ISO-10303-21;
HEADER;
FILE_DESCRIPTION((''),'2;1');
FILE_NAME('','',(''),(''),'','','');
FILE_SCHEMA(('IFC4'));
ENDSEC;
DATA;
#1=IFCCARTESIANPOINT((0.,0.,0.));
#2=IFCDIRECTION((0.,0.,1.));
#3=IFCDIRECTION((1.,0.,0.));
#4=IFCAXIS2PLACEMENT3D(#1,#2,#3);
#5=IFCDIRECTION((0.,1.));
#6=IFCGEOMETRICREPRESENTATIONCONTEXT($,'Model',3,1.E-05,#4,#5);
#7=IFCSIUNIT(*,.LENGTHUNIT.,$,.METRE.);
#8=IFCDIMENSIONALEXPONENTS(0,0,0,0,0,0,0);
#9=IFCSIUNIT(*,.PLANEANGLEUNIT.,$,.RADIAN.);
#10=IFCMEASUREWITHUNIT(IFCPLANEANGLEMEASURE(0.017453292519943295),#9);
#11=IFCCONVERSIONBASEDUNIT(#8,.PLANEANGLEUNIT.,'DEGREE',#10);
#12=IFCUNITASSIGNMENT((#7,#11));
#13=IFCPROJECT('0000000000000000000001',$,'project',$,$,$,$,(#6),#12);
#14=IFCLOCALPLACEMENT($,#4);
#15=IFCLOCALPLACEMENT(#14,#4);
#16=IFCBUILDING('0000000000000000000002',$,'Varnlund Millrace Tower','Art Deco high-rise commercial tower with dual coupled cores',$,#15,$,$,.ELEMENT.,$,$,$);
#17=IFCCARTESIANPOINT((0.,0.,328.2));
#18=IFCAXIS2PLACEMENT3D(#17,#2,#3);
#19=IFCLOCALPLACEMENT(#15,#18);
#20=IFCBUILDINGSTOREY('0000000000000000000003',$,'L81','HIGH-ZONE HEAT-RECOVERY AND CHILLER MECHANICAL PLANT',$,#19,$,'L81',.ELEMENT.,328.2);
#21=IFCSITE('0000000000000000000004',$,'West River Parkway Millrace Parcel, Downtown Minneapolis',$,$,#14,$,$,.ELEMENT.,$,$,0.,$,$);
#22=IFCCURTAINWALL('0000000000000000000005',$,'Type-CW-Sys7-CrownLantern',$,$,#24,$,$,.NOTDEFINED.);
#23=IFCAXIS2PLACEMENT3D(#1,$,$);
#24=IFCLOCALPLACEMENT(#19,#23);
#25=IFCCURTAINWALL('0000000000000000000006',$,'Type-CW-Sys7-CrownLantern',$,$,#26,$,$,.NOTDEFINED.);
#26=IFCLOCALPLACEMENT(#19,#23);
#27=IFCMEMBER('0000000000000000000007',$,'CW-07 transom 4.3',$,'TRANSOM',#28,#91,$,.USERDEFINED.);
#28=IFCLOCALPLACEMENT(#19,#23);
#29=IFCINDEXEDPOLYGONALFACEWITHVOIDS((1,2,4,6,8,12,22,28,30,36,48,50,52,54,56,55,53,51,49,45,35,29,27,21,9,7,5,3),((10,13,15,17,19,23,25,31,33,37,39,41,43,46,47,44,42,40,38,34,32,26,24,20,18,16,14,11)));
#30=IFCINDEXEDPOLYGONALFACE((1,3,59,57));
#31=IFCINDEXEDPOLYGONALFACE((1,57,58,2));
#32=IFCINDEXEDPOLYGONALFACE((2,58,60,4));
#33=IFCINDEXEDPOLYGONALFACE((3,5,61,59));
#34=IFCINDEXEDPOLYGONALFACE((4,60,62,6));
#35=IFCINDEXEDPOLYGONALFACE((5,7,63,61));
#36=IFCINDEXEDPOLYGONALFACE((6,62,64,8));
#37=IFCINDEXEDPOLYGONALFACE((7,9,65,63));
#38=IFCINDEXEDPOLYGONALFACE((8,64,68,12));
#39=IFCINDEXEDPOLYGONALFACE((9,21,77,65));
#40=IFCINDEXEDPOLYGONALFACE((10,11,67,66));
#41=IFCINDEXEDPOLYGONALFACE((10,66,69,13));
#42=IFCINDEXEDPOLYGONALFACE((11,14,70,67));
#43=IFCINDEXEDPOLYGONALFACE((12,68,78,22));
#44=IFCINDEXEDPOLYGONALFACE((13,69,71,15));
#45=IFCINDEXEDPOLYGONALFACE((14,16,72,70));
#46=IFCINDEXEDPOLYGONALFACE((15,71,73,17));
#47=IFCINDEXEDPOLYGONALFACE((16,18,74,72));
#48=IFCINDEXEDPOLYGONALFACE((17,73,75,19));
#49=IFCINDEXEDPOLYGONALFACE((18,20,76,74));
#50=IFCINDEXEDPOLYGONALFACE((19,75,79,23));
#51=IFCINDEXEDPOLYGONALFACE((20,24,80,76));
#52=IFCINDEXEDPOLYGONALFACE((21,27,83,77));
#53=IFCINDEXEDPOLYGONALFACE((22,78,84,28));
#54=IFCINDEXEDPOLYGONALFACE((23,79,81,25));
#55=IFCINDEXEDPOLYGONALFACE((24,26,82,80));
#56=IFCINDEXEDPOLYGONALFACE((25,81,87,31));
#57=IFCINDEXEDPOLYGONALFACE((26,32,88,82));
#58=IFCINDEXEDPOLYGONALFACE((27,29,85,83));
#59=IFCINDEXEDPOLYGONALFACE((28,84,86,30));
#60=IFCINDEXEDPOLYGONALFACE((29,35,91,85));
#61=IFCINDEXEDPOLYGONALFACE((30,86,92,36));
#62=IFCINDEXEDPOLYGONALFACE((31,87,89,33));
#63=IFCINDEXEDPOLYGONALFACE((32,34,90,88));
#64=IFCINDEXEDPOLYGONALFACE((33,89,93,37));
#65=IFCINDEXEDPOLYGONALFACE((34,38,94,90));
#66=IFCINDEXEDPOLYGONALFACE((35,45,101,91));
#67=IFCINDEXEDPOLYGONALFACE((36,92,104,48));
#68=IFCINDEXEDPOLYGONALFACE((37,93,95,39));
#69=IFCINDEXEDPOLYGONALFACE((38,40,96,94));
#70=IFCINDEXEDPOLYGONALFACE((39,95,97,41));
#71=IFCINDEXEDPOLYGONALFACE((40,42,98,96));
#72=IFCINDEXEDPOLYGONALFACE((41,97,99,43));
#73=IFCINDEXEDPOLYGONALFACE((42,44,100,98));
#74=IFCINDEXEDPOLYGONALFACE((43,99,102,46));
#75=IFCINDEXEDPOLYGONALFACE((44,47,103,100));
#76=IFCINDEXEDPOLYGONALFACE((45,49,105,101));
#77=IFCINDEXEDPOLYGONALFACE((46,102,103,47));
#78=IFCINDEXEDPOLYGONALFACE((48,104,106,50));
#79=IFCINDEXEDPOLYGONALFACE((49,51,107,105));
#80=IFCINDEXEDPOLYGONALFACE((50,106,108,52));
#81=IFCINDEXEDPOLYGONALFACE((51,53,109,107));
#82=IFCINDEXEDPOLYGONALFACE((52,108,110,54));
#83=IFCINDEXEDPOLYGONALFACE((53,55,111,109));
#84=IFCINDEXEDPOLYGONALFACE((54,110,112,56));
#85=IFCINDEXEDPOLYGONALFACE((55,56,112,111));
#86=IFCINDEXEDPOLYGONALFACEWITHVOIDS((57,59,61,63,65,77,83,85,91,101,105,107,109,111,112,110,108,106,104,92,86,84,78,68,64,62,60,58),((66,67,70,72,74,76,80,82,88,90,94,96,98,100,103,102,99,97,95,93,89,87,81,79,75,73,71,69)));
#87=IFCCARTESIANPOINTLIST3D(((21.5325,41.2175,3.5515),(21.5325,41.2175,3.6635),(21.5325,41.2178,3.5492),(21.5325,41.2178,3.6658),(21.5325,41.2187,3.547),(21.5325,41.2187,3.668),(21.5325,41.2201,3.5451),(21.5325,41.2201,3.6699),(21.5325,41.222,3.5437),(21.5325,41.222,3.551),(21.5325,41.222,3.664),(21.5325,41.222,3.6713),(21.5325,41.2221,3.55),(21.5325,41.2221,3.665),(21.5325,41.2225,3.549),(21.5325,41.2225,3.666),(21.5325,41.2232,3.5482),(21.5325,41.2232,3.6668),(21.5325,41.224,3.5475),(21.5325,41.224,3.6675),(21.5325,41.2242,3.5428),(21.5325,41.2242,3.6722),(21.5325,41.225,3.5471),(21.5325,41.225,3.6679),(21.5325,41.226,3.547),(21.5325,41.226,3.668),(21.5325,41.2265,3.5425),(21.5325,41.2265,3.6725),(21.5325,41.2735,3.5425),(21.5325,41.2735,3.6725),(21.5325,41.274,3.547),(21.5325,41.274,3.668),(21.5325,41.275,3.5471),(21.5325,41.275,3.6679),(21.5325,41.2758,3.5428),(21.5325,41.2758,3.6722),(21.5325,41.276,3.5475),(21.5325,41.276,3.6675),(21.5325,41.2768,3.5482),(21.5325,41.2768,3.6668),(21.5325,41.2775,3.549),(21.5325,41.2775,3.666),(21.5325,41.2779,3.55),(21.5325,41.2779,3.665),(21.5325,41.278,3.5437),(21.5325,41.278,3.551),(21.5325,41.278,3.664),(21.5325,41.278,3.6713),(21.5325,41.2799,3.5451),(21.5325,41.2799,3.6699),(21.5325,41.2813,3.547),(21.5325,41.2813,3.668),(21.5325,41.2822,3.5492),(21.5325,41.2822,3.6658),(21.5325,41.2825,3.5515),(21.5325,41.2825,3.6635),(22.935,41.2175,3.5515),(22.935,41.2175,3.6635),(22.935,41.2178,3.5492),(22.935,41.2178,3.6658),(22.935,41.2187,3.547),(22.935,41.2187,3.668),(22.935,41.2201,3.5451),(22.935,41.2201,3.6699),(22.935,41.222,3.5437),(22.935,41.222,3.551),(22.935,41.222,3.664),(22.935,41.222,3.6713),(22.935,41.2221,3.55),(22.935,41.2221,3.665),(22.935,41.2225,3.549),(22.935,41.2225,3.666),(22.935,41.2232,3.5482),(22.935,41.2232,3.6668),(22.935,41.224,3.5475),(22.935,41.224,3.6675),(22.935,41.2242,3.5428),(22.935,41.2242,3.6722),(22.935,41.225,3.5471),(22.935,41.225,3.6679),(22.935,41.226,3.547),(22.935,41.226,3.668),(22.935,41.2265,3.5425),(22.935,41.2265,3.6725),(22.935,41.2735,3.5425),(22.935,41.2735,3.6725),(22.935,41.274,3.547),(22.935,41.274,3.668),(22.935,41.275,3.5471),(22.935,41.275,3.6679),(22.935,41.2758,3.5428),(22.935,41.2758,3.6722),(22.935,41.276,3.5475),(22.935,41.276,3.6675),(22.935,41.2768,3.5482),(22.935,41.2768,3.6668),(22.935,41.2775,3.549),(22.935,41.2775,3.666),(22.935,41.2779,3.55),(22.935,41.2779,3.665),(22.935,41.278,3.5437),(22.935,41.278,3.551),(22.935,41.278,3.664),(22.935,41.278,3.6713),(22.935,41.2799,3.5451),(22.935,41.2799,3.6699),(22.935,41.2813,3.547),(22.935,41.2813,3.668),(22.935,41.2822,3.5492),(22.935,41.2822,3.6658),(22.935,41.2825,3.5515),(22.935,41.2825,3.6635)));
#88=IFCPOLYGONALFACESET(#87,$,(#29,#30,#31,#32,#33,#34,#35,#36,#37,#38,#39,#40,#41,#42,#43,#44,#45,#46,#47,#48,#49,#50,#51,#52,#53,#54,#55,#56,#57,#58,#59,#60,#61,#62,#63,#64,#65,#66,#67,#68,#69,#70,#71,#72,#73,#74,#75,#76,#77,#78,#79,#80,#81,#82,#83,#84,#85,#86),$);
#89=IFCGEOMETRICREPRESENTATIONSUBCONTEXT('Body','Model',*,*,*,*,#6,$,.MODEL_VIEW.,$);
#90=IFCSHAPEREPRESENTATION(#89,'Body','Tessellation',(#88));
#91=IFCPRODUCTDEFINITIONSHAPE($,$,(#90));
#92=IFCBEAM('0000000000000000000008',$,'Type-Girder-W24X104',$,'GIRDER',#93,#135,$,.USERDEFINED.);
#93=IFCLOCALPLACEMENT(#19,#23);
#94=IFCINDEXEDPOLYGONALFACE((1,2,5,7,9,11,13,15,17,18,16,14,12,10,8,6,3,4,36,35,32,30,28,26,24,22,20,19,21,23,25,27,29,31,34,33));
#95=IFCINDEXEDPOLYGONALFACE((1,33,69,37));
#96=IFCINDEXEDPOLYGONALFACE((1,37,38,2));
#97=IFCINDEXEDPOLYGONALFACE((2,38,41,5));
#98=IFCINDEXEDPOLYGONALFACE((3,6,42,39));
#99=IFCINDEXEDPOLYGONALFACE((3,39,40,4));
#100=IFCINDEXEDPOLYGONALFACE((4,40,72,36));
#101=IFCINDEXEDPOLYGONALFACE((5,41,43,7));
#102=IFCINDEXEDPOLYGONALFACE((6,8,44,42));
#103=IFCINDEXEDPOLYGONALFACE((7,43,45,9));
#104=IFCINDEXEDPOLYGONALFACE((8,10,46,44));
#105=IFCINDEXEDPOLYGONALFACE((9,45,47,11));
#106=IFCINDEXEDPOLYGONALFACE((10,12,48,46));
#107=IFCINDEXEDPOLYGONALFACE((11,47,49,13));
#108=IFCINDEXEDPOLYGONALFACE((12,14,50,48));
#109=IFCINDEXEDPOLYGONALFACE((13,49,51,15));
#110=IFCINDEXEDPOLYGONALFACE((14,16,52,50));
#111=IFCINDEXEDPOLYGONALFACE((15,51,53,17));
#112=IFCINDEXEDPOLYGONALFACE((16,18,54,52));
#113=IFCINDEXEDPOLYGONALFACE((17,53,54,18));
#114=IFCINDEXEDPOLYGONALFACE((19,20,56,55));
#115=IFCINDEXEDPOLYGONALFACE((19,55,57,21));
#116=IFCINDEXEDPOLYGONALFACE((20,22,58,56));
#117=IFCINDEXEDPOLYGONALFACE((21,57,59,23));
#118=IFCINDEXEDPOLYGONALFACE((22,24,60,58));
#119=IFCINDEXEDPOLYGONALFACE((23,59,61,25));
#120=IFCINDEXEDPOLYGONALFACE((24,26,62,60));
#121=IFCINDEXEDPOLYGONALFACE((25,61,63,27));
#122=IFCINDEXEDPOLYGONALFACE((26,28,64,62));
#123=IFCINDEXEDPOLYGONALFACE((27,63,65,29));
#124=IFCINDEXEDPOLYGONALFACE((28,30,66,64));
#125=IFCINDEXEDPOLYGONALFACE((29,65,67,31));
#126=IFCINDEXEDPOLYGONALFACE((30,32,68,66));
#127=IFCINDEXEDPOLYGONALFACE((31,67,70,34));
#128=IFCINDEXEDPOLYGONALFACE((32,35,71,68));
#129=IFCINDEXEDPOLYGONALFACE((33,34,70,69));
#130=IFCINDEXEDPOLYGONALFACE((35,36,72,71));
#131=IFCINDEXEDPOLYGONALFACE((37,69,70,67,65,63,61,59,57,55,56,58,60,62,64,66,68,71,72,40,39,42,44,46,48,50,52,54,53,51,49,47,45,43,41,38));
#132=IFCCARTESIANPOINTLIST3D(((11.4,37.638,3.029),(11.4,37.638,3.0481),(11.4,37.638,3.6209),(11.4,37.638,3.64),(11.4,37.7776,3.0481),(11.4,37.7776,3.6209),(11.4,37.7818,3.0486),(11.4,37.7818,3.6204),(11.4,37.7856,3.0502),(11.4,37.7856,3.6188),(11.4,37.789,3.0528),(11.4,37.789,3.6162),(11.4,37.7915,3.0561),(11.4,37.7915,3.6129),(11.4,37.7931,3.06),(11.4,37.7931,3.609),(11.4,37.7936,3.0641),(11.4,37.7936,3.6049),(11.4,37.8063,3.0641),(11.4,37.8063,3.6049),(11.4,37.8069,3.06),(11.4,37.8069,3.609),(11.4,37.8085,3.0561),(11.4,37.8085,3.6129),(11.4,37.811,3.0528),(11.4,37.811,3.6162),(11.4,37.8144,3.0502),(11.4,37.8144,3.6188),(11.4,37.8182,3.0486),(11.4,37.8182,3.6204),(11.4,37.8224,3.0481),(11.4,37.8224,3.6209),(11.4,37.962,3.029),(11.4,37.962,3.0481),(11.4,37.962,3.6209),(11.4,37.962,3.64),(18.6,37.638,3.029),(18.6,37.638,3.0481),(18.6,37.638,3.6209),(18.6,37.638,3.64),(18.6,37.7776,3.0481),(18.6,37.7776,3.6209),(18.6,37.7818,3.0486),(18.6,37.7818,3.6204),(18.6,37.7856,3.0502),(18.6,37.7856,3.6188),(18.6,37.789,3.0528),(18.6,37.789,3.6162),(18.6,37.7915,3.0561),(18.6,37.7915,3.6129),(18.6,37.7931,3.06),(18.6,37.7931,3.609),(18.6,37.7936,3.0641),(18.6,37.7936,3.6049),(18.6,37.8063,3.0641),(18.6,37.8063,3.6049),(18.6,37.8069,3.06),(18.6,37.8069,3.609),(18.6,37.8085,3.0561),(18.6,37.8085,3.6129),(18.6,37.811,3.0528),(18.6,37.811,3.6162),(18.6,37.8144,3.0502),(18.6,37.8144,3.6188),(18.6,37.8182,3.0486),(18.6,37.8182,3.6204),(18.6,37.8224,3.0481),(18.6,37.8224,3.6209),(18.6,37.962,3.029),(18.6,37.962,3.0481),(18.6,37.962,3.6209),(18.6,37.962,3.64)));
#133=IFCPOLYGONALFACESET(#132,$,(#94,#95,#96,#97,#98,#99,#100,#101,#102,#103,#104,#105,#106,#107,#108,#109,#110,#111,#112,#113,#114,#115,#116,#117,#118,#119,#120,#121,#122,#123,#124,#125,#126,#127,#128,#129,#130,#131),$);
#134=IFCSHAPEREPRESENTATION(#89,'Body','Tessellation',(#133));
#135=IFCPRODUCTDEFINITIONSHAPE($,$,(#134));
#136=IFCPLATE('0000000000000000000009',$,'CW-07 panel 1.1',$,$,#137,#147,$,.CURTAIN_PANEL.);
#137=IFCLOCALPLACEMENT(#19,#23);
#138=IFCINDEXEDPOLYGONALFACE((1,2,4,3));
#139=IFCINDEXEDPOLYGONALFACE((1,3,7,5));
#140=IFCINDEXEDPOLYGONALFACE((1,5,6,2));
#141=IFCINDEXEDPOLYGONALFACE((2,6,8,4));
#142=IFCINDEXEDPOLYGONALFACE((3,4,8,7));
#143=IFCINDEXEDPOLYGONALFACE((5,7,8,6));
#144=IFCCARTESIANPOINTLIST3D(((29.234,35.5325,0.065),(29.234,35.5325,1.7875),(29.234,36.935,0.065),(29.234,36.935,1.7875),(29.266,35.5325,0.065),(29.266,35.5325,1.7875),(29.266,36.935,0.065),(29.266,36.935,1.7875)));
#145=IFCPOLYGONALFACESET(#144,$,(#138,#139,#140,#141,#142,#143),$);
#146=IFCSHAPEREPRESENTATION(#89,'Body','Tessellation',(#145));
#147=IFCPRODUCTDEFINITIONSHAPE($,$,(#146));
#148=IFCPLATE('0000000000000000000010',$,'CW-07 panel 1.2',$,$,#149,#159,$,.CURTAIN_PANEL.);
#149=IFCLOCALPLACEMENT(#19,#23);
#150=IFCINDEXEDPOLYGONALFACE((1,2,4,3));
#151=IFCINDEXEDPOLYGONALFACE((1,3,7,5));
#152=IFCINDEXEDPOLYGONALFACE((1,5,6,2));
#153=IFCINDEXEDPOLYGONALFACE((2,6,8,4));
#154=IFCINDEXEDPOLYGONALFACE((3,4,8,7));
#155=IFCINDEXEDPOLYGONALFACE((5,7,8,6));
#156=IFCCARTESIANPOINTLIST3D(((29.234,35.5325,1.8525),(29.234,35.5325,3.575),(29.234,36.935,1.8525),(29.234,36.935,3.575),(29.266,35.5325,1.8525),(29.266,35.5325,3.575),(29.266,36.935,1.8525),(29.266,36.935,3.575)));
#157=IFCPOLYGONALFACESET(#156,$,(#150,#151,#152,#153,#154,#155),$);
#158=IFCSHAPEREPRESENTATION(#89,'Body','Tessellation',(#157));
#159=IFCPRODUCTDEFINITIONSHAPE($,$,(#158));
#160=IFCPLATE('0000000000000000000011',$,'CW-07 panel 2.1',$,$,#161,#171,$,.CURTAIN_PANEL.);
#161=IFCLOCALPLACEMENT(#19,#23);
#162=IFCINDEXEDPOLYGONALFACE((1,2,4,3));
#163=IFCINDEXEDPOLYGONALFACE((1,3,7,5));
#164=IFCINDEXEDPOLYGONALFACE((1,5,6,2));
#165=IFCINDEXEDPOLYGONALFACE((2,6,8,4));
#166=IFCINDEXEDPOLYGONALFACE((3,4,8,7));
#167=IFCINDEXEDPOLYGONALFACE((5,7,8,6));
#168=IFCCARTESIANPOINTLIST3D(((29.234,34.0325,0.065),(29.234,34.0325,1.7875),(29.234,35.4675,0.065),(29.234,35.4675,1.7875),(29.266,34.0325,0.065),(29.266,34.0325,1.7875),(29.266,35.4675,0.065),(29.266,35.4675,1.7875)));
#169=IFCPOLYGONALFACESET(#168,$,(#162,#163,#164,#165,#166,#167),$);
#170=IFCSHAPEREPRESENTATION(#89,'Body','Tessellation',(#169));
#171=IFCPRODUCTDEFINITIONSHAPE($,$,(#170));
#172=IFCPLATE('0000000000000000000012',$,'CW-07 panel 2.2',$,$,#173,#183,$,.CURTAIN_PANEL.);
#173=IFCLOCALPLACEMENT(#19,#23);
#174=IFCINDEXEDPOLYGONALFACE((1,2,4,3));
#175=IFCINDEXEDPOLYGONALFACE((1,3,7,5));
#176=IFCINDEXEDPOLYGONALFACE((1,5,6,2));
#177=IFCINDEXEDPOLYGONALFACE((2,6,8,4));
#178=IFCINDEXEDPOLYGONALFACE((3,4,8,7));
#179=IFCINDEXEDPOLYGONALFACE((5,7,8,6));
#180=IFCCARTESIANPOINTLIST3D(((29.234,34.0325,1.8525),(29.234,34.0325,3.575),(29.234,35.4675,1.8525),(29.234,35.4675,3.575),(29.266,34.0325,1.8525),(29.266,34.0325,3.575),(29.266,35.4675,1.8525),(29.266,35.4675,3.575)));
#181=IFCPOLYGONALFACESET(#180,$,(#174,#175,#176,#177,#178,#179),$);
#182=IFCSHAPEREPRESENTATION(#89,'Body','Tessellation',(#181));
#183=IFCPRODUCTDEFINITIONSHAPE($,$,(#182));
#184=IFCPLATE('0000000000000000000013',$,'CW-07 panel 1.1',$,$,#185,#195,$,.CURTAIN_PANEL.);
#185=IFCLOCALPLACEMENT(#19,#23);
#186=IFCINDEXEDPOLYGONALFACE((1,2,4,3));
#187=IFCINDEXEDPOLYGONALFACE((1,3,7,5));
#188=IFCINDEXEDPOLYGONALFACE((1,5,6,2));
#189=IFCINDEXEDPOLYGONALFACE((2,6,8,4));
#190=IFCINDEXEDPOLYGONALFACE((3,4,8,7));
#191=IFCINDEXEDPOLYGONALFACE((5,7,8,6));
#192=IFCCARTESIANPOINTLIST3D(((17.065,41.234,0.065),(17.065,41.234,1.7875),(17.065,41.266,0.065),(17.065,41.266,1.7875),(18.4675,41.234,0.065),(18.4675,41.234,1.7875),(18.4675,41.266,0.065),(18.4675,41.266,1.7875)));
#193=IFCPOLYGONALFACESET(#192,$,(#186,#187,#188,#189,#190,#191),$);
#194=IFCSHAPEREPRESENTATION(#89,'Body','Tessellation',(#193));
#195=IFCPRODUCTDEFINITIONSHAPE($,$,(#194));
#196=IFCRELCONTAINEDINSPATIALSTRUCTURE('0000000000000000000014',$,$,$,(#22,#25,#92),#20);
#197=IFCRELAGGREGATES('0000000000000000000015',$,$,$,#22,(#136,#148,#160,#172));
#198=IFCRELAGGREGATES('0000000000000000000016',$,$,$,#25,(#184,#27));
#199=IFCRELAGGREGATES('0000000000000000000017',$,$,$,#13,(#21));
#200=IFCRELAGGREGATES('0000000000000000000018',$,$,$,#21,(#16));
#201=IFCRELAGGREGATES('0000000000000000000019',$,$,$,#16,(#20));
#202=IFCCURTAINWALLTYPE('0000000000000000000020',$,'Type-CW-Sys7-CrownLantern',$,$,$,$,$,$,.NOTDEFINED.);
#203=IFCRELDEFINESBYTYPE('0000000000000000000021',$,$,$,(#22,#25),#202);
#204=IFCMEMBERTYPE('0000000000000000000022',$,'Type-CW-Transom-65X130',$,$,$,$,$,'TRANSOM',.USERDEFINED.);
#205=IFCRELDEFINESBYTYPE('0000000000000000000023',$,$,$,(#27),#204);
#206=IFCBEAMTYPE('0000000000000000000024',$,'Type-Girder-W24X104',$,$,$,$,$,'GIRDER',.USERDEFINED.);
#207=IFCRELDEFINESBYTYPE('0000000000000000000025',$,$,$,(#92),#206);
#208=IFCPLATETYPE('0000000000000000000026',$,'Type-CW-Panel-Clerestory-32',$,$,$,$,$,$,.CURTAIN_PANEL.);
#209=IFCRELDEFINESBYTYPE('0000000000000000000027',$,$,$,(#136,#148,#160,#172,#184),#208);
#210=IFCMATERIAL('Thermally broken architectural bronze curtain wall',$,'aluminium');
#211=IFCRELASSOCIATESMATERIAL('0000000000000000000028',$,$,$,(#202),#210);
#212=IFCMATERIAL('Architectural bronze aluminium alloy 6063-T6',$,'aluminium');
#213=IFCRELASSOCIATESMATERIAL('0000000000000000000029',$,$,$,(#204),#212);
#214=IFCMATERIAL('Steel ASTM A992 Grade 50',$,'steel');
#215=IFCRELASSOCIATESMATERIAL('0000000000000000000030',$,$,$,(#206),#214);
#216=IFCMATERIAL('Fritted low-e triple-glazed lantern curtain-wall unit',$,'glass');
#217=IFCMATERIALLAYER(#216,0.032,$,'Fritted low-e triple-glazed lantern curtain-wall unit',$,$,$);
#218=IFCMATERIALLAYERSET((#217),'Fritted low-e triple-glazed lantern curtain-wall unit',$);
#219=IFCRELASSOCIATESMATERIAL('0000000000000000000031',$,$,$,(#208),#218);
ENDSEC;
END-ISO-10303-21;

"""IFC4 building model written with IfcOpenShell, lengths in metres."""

from ifc_helpers import new_model, entity, si_unit, converted_unit, direction, frame, origin_with_axes, origin_2d_with_axis, place, context, subcontext, project, spatial, rectangle, hollow_rectangle, i_section, extrude, material, layer, layer_set, material_profile, profile_set, type_object, element, aggregate, save


model = new_model("IFC4")

# Units and contexts
model_context = context("Model", 3, precision=1e-05, world=origin_with_axes(), true_north=direction((0.0, 1.0)))
body_context = subcontext(model_context, "Body", "Model", "MODEL_VIEW")
ifc_project = project(units=[si_unit("LENGTHUNIT", "METRE"), converted_unit("PLANEANGLEUNIT", "DEGREE", entity("IfcPlaneAngleMeasure", 0.017453292519943295), si_unit("PLANEANGLEUNIT", "RADIAN"), dimensions=[0, 0, 0, 0, 0, 0, 0])], contexts=[model_context])

# Site, building, storey
site_placement = place(None, origin_with_axes())
site = spatial("IfcSite", under=ifc_project, at=site_placement, Name="West River Parkway Millrace Parcel, Downtown Minneapolis", CompositionType="ELEMENT", RefElevation=0.0)
building_placement = place(site_placement, origin_with_axes())
building = spatial("IfcBuilding", under=site, at=building_placement, Name="Varnlund Millrace Tower", Description="Art Deco high-rise commercial tower with dual coupled cores", CompositionType="ELEMENT")
storey_placement = place(building_placement, frame((0.0, 0.0, 328.2), z_axis=(0.0, 0.0, 1.0), x_axis=(1.0, 0.0, 0.0)))
storey = spatial("IfcBuildingStorey", under=building, at=storey_placement, Name="L81", Description="HIGH-ZONE HEAT-RECOVERY AND CHILLER MECHANICAL PLANT", LongName="L81", CompositionType="ELEMENT", Elevation=328.2)

# Curtain walls, member
ifc_material_1 = material(Name="Thermally broken architectural bronze curtain wall", Category="aluminium")
curtain_wall_type = type_object("IfcCurtainWallType", Name="Type-CW-Sys7-CrownLantern", PredefinedType="NOTDEFINED", material=ifc_material_1)
curtain_wall_1_placement = place(storey_placement, frame((29.25, 37.0, 0.0), z_axis=(0.0, 0.0, 1.0), x_axis=(1.0, 0.0, 0.0)))
curtain_wall_1 = element("IfcCurtainWall", 1, at=curtain_wall_1_placement, inside=storey, type_object=curtain_wall_type, Name="Type-CW-Sys7-CrownLantern", PredefinedType="NOTDEFINED")
ifc_material_2 = material(Name="Architectural bronze aluminium alloy 6063-T6", Category="aluminium")
ifc_material_profile_1 = material_profile(ifc_material_2, hollow_rectangle(XDim=0.065, YDim=0.13, WallThickness=0.0045, InnerFilletRadius=0.004, OuterFilletRadius=0.009, at=origin_2d_with_axis()), Name="Architectural bronze aluminium alloy 6063-T6")
ifc_profile_set_1 = profile_set([ifc_material_profile_1], Name="Architectural bronze aluminium alloy 6063-T6")
member_type = type_object("IfcMemberType", Name="Type-CW-Transom-65X130", ElementType="TRANSOM", PredefinedType="USERDEFINED", material=ifc_profile_set_1)
curtain_wall_2_placement = place(storey_placement, frame((17.0, 41.25, 0.0), z_axis=(0.0, 0.0, 1.0), x_axis=(1.0, 0.0, 0.0)))
curtain_wall_2 = element("IfcCurtainWall", 2, at=curtain_wall_2_placement, inside=storey, type_object=curtain_wall_type, Name="Type-CW-Sys7-CrownLantern", PredefinedType="NOTDEFINED")
member_1_placement = place(storey_placement, frame((21.5325, 41.25, 3.6075), z_axis=(1.0, 0.0, 0.0), x_axis=(0.0, 1.0, 0.0)))
member_1 = element("IfcMember", 3, at=member_1_placement, type_object=member_type, Name="CW-07 transom 4.3", ObjectType="TRANSOM", PredefinedType="USERDEFINED", context=body_context, shape_type="SweptSolid", body=[
    extrude(hollow_rectangle(XDim=0.065, YDim=0.13, WallThickness=0.0045, InnerFilletRadius=0.004, OuterFilletRadius=0.009, at=origin_2d_with_axis()), origin_with_axes(), (0.0, 0.0, 1.0), 1.4025),
])

# Beam
ifc_material_3 = material(Name="Steel ASTM A992 Grade 50", Category="steel")
ifc_material_profile_2 = material_profile(ifc_material_3, i_section(OverallWidth=0.324, OverallDepth=0.611, WebThickness=0.0127, FlangeThickness=0.0191, FilletRadius=0.016, at=origin_2d_with_axis()), Name="Steel ASTM A992 Grade 50")
ifc_profile_set_2 = profile_set([ifc_material_profile_2], Name="Steel ASTM A992 Grade 50")
beam_type = type_object("IfcBeamType", Name="Type-Girder-W24X104", ElementType="GIRDER", PredefinedType="USERDEFINED", material=ifc_profile_set_2)
beam_placement = place(storey_placement, frame((11.4, 37.8, 3.3345), z_axis=(1.0, 0.0, 0.0), x_axis=(0.0, 1.0, 0.0)))
element("IfcBeam", 4, at=beam_placement, inside=storey, type_object=beam_type, Name="Type-Girder-W24X104", ObjectType="GIRDER", PredefinedType="USERDEFINED", context=body_context, shape_type="SweptSolid", body=[
    extrude(i_section(OverallWidth=0.324, OverallDepth=0.611, WebThickness=0.0127, FlangeThickness=0.0191, FilletRadius=0.016, at=origin_2d_with_axis()), origin_with_axes(), (0.0, 0.0, 1.0), 7.2),
])

# Plates
ifc_material_4 = material(Name="Fritted low-e triple-glazed lantern curtain-wall unit", Category="glass")
ifc_layer_1 = layer(ifc_material_4, 0.032, Name="Fritted low-e triple-glazed lantern curtain-wall unit")
ifc_layer_set_1 = layer_set([ifc_layer_1], Name="Fritted low-e triple-glazed lantern curtain-wall unit")
plate_type = type_object("IfcPlateType", Name="Type-CW-Panel-Clerestory-32", PredefinedType="CURTAIN_PANEL", material=ifc_layer_set_1)
plate_1_placement = place(storey_placement, frame((29.25, 36.2338, 0.065), z_axis=(0.0, 0.0, 1.0), x_axis=(0.0, -1.0, 0.0)))
plate_1 = element("IfcPlate", 5, at=plate_1_placement, type_object=plate_type, Name="CW-07 panel 1.1", PredefinedType="CURTAIN_PANEL", context=body_context, shape_type="SweptSolid", body=[
    extrude(rectangle(XDim=1.4025, YDim=0.032, at=origin_2d_with_axis()), origin_with_axes(), (0.0, 0.0, 1.0), 1.7225),
])
plate_2_placement = place(storey_placement, frame((29.25, 36.2338, 1.8525), z_axis=(0.0, 0.0, 1.0), x_axis=(0.0, -1.0, 0.0)))
plate_2 = element("IfcPlate", 6, at=plate_2_placement, type_object=plate_type, Name="CW-07 panel 1.2", PredefinedType="CURTAIN_PANEL", context=body_context, shape_type="SweptSolid", body=[
    extrude(rectangle(XDim=1.4025, YDim=0.032, at=origin_2d_with_axis()), origin_with_axes(), (0.0, 0.0, 1.0), 1.7225),
])
plate_3_placement = place(storey_placement, frame((29.25, 34.75, 0.065), z_axis=(0.0, 0.0, 1.0), x_axis=(0.0, -1.0, 0.0)))
plate_3 = element("IfcPlate", 7, at=plate_3_placement, type_object=plate_type, Name="CW-07 panel 2.1", PredefinedType="CURTAIN_PANEL", context=body_context, shape_type="SweptSolid", body=[
    extrude(rectangle(XDim=1.435, YDim=0.032, at=origin_2d_with_axis()), origin_with_axes(), (0.0, 0.0, 1.0), 1.7225),
])
plate_4_placement = place(storey_placement, frame((29.25, 34.75, 1.8525), z_axis=(0.0, 0.0, 1.0), x_axis=(0.0, -1.0, 0.0)))
plate_4 = element("IfcPlate", 8, at=plate_4_placement, type_object=plate_type, Name="CW-07 panel 2.2", PredefinedType="CURTAIN_PANEL", context=body_context, shape_type="SweptSolid", body=[
    extrude(rectangle(XDim=1.435, YDim=0.032, at=origin_2d_with_axis()), origin_with_axes(), (0.0, 0.0, 1.0), 1.7225),
])
aggregate(curtain_wall_1, [plate_1, plate_2, plate_3, plate_4])
plate_5_placement = place(storey_placement, frame((17.7662, 41.25, 0.065), z_axis=(0.0, 0.0, 1.0), x_axis=(1.0, 0.0, 0.0)))
plate_5 = element("IfcPlate", 9, at=plate_5_placement, type_object=plate_type, Name="CW-07 panel 1.1", PredefinedType="CURTAIN_PANEL", context=body_context, shape_type="SweptSolid", body=[
    extrude(rectangle(XDim=1.4025, YDim=0.032, at=origin_2d_with_axis()), origin_with_axes(), (0.0, 0.0, 1.0), 1.7225),
])
aggregate(curtain_wall_2, [plate_5, member_1])

save(model, "model.ifc")
